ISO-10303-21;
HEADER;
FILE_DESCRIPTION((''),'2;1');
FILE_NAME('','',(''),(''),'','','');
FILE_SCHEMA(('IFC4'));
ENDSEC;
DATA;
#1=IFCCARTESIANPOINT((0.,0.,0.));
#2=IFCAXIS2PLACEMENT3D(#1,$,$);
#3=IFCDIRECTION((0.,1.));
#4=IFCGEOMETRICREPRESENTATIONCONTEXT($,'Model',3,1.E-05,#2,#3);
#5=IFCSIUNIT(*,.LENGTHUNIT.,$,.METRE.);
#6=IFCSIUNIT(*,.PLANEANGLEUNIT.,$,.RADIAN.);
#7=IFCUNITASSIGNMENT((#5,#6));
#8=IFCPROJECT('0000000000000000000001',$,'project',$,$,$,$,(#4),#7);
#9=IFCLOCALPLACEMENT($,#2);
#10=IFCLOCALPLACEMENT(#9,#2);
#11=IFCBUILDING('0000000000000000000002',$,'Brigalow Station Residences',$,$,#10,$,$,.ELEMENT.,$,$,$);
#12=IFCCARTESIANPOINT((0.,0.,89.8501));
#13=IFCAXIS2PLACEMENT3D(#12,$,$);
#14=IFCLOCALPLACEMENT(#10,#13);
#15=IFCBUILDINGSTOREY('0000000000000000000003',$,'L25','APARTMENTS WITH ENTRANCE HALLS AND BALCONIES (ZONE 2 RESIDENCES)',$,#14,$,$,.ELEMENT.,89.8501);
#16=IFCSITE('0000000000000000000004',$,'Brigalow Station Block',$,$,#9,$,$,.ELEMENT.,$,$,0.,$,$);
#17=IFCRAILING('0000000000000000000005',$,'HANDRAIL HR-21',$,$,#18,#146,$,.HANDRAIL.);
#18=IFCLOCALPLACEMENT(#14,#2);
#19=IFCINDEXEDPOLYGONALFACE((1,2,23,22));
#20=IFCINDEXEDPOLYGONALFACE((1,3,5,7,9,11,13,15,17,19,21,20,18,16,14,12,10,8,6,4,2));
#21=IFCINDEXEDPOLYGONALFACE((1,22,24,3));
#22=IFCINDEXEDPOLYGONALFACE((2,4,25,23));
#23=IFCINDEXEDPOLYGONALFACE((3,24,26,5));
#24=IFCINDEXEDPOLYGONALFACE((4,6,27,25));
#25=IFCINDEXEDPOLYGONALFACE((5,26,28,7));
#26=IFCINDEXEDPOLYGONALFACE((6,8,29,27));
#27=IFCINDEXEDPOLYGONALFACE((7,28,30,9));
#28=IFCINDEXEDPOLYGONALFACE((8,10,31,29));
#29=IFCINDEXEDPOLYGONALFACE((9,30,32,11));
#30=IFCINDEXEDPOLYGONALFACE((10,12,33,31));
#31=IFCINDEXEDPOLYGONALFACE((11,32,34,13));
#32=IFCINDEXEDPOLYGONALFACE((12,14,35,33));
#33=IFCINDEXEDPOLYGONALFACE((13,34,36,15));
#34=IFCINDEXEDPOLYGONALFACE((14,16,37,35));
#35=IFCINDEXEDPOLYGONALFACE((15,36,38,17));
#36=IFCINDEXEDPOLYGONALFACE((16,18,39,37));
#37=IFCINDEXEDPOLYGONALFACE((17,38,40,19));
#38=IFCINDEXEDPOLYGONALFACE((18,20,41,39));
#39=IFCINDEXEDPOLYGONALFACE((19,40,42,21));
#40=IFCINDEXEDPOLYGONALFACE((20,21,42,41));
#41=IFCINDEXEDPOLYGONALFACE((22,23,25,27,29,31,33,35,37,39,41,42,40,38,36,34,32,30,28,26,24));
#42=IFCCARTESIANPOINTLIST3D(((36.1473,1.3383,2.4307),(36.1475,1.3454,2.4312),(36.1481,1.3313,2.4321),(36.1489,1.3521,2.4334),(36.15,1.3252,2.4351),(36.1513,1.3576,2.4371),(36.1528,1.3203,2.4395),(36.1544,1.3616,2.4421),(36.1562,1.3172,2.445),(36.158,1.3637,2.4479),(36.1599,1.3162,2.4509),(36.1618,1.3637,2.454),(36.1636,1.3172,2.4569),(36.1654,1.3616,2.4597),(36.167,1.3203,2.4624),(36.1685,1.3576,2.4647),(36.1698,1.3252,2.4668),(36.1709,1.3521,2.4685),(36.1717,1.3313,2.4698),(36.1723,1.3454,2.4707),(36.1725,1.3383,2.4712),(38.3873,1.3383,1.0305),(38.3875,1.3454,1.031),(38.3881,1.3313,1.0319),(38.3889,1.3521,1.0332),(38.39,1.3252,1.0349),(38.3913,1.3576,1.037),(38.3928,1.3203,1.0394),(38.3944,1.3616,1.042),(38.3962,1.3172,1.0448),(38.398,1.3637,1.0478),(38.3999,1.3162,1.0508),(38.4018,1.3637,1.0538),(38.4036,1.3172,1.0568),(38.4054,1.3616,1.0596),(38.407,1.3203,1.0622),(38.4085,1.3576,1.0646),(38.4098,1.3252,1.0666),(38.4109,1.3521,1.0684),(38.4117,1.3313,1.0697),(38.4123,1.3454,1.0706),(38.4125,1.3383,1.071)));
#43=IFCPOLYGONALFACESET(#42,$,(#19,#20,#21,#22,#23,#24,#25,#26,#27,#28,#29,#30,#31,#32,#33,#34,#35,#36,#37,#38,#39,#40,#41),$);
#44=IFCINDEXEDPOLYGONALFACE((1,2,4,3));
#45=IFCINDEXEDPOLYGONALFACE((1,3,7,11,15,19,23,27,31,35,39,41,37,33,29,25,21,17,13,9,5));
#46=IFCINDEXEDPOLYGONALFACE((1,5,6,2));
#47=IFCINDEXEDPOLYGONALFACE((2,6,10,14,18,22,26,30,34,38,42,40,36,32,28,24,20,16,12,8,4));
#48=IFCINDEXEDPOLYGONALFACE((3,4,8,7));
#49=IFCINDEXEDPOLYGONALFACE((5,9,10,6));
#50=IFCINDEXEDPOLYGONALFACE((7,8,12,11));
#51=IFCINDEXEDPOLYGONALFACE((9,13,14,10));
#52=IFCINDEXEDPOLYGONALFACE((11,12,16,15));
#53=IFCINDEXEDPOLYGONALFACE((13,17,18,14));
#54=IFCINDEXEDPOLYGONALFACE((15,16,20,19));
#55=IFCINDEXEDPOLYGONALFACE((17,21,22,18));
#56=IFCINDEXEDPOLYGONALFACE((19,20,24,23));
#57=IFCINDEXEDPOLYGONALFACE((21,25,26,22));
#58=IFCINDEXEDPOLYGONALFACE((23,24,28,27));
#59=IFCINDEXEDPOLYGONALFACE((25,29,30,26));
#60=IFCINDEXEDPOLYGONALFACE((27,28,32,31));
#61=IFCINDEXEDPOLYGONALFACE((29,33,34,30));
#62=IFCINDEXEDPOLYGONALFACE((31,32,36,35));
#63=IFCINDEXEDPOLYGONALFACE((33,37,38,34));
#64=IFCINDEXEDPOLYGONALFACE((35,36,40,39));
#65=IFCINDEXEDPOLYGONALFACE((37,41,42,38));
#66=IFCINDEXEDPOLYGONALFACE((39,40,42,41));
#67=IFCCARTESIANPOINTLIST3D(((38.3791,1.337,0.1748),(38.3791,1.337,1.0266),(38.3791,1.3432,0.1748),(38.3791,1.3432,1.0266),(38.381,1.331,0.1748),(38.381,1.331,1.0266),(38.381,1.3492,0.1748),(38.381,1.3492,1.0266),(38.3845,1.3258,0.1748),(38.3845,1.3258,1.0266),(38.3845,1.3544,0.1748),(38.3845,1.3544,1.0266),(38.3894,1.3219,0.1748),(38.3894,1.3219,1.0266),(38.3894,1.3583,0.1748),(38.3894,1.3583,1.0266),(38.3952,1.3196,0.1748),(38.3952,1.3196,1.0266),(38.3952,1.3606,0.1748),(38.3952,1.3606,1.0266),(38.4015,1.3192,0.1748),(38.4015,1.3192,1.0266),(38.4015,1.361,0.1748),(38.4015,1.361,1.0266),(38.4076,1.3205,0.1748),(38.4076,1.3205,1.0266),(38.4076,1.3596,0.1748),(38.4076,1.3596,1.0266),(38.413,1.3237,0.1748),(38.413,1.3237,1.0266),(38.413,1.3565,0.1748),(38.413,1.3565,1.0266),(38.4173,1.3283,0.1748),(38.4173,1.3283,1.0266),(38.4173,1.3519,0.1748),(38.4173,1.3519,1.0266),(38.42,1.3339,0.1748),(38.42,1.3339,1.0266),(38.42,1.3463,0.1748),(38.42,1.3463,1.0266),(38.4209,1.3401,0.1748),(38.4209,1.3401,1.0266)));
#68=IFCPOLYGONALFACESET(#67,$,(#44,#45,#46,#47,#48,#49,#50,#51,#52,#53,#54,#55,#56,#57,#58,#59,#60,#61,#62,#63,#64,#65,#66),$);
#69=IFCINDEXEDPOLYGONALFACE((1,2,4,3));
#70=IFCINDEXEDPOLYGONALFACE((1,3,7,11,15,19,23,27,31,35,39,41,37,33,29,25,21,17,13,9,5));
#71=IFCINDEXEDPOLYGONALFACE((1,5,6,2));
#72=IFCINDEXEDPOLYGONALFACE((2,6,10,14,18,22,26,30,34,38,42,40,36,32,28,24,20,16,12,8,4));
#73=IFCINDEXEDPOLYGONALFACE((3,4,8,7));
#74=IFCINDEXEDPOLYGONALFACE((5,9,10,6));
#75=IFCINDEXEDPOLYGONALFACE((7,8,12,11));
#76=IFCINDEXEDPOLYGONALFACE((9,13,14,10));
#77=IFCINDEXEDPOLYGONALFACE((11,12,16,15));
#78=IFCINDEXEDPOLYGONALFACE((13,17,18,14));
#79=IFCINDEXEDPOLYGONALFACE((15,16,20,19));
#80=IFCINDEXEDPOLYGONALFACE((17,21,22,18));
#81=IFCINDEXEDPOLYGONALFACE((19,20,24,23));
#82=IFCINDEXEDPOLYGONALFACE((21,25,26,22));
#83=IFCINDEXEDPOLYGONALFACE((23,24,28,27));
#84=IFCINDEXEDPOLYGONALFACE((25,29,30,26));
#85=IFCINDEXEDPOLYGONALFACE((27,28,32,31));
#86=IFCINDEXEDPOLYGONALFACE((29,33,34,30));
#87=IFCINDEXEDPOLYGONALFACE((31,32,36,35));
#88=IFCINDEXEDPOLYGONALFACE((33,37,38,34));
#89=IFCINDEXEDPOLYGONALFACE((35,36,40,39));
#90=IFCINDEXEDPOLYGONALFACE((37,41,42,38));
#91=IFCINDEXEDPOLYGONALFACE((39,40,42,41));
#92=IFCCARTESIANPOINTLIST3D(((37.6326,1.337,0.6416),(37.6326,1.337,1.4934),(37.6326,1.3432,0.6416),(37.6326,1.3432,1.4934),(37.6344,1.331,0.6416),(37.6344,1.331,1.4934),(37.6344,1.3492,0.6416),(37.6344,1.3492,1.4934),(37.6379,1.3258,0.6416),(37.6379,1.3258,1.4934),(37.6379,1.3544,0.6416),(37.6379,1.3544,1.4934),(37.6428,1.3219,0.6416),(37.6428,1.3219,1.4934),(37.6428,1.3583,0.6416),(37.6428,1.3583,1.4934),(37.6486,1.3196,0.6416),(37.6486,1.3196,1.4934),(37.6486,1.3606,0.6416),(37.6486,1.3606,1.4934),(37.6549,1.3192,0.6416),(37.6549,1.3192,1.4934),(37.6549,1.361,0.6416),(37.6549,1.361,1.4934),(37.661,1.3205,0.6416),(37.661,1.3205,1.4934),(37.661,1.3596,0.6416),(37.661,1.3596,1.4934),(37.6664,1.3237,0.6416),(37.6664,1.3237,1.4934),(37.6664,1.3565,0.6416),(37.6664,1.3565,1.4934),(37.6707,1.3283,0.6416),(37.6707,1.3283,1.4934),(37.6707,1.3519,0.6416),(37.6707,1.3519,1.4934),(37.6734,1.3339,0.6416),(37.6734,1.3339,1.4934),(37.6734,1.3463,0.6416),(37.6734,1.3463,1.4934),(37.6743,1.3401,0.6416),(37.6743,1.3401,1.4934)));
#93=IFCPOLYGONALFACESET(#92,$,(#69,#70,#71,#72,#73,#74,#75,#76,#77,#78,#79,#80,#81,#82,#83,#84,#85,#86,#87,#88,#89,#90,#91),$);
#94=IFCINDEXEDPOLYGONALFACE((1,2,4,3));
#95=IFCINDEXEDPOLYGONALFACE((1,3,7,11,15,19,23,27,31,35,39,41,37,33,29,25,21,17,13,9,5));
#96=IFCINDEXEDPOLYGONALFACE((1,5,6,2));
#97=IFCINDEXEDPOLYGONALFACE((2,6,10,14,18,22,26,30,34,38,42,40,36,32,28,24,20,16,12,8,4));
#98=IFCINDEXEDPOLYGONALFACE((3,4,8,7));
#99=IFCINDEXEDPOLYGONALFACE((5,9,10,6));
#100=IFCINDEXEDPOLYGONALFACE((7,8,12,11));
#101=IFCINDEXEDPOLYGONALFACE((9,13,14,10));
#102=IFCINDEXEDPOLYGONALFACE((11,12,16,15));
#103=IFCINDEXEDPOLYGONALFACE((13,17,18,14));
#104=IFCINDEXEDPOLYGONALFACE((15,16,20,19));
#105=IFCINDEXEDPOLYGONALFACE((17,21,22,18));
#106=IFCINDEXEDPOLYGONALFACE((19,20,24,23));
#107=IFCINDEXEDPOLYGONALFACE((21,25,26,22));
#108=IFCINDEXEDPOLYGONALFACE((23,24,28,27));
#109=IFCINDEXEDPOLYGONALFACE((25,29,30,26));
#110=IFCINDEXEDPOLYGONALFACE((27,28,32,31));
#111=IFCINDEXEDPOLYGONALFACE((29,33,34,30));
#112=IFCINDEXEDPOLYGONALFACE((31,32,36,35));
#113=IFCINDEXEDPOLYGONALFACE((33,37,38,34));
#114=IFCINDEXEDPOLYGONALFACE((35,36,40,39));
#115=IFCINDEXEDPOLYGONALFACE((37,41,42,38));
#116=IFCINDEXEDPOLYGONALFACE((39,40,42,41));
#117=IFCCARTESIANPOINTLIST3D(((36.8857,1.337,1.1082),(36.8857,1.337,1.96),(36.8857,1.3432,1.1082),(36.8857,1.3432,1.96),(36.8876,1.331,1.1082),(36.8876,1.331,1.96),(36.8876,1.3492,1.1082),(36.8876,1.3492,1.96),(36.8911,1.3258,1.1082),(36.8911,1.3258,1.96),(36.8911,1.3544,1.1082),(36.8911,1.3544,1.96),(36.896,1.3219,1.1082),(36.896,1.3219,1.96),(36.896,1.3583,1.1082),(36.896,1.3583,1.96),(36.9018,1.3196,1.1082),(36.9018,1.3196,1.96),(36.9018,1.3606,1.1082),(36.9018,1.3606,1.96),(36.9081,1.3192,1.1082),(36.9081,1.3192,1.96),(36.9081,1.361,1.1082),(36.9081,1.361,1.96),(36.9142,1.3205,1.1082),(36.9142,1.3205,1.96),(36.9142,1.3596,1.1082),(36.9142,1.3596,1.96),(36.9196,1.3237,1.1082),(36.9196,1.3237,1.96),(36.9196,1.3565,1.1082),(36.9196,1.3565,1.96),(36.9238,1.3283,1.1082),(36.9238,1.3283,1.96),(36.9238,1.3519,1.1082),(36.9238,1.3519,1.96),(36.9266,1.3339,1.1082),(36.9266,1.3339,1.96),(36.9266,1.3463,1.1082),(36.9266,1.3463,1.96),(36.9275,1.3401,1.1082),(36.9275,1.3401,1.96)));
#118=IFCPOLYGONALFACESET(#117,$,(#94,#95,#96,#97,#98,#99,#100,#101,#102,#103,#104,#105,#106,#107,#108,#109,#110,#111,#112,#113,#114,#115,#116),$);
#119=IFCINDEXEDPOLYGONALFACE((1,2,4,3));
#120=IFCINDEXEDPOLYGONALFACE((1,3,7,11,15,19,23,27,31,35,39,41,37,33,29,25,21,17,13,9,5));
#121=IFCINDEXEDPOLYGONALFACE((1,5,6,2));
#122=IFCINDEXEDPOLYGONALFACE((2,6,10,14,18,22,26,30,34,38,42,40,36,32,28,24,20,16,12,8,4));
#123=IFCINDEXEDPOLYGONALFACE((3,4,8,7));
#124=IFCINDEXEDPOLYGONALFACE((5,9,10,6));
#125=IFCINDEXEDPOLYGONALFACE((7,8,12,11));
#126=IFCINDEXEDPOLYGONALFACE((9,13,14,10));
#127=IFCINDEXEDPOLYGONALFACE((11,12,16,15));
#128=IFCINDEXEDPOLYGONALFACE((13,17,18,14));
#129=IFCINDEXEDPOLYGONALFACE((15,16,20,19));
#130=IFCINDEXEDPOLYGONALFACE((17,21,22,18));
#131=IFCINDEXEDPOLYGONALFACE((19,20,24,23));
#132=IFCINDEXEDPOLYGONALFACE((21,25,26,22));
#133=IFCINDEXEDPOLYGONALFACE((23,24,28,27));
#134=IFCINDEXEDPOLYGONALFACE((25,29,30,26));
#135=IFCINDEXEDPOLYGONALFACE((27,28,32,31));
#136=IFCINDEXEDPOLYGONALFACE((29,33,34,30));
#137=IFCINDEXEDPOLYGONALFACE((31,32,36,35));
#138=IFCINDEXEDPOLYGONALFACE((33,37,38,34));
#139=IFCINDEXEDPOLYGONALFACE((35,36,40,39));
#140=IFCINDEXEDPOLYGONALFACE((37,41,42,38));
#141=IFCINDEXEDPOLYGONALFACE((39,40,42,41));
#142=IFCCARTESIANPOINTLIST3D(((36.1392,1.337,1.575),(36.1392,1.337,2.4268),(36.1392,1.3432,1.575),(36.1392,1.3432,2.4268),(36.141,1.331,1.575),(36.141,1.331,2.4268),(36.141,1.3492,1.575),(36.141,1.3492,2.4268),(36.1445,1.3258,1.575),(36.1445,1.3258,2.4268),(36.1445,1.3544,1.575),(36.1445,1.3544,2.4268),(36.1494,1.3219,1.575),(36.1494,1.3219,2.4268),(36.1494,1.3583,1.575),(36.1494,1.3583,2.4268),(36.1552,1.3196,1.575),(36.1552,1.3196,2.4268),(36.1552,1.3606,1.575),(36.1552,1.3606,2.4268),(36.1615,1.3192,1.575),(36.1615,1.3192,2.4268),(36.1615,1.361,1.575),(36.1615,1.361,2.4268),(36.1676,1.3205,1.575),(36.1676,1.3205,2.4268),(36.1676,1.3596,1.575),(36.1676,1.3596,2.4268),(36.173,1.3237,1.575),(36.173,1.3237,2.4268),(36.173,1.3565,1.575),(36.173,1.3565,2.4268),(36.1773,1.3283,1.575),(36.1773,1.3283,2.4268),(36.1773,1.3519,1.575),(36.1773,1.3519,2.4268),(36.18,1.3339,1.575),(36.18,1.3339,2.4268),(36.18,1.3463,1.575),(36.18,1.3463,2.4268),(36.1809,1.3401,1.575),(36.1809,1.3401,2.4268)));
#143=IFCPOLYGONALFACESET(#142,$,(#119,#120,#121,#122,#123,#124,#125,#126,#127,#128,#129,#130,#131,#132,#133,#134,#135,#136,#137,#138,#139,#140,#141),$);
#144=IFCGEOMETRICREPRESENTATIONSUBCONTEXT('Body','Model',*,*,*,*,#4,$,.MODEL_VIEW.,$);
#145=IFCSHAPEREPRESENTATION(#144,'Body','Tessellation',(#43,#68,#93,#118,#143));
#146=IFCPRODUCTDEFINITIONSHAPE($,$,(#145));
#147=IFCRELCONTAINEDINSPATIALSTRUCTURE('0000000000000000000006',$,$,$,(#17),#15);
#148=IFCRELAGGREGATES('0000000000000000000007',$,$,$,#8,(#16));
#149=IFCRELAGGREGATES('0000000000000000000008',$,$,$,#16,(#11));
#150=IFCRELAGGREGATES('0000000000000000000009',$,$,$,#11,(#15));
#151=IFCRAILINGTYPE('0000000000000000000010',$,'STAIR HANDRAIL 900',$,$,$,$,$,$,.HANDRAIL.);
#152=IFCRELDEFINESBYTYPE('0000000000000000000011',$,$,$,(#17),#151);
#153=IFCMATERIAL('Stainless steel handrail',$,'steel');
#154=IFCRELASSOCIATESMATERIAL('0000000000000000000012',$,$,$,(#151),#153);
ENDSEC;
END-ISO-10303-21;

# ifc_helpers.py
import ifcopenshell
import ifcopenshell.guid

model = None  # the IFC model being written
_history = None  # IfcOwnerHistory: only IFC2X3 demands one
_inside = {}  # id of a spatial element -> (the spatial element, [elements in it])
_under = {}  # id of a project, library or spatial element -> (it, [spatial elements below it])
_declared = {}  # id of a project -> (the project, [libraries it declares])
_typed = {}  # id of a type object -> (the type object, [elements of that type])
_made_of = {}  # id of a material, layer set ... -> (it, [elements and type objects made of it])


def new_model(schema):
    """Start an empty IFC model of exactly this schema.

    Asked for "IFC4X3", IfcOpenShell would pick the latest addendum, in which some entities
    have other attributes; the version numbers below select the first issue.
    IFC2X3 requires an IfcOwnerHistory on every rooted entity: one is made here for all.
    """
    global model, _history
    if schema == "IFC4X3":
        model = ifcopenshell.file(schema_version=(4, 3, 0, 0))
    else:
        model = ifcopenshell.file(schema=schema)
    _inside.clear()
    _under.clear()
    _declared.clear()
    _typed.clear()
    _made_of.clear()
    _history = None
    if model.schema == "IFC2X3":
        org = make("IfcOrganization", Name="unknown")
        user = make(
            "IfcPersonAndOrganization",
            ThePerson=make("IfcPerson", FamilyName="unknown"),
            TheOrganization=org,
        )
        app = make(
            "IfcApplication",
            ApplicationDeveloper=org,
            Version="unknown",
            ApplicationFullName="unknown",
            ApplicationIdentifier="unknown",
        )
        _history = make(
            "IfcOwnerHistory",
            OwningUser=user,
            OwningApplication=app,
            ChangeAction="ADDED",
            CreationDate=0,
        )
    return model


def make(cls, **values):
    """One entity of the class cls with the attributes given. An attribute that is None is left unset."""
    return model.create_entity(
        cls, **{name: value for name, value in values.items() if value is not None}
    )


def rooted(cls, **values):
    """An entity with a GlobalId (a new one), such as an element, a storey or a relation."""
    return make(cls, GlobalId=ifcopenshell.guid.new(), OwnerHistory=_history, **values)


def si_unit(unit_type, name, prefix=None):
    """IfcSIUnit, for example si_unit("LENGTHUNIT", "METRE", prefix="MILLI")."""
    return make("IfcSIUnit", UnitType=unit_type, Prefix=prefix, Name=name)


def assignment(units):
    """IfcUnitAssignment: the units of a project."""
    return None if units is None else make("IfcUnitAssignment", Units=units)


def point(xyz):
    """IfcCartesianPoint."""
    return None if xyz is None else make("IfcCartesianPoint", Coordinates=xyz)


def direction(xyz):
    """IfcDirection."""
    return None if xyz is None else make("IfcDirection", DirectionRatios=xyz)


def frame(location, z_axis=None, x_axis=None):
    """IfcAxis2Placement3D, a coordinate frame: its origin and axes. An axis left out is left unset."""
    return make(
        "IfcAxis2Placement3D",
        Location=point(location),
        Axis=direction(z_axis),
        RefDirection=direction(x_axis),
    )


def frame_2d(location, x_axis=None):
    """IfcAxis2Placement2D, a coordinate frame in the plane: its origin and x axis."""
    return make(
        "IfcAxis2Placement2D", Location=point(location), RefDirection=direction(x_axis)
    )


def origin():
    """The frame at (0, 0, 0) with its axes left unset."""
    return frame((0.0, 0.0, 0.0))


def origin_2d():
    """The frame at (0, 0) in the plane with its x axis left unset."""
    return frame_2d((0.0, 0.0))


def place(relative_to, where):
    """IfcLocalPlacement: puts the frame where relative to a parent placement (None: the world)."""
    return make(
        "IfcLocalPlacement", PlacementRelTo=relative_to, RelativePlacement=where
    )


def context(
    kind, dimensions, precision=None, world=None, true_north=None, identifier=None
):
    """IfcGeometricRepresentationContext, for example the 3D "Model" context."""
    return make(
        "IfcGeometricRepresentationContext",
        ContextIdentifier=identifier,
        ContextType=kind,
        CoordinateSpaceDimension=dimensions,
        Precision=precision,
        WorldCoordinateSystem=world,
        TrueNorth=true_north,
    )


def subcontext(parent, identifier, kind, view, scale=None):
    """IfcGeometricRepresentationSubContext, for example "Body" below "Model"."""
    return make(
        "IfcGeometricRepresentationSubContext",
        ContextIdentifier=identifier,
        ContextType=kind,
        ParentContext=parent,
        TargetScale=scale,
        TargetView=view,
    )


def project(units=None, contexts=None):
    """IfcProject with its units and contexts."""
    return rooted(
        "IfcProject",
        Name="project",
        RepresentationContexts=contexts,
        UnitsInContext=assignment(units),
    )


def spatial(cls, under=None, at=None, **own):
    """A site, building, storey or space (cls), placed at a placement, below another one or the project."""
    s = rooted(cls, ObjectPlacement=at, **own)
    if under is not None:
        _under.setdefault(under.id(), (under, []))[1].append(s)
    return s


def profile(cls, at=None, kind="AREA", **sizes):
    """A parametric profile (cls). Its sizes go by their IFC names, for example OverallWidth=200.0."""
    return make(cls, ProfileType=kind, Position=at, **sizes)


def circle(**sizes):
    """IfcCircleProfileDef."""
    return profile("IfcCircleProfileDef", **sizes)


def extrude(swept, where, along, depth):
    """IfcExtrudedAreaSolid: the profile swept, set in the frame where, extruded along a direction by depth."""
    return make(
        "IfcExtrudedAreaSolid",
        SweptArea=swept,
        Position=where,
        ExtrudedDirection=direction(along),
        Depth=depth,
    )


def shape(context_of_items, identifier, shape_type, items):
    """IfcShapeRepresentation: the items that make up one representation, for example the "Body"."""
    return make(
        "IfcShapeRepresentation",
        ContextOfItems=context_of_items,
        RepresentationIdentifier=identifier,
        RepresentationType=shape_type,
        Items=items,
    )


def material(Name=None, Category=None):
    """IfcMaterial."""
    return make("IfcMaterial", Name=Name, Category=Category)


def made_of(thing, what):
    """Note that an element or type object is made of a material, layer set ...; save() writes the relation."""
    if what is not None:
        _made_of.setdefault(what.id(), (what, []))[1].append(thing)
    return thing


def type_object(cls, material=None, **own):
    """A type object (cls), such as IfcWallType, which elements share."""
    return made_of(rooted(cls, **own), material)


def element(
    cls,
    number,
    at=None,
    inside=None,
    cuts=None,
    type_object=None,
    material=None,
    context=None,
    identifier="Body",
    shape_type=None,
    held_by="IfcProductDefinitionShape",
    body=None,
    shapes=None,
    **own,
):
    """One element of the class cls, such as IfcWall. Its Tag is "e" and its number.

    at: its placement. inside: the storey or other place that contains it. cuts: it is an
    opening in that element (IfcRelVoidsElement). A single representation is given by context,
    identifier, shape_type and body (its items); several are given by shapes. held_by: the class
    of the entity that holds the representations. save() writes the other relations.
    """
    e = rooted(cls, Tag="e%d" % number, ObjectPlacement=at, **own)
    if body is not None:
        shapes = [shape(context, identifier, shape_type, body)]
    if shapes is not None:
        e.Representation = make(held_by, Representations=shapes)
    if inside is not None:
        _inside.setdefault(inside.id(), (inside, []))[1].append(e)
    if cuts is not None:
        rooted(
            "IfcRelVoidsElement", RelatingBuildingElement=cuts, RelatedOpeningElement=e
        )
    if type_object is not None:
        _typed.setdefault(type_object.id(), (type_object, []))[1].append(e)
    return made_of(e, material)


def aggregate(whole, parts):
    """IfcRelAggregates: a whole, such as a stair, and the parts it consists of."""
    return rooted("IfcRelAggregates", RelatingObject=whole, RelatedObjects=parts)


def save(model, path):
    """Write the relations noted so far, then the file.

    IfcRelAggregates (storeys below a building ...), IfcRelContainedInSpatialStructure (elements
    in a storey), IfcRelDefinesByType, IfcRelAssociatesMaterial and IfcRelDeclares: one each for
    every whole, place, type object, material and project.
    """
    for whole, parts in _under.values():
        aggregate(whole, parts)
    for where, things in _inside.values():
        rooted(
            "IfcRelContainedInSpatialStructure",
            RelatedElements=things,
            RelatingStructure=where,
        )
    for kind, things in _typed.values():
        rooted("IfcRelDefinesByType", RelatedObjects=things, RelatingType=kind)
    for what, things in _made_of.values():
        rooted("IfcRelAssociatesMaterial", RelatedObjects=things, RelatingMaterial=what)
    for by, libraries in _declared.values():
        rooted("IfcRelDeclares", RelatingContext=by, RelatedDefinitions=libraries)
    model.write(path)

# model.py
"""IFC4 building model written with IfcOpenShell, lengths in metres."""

from ifc_helpers import new_model, si_unit, direction, frame, origin, origin_2d, place, context, subcontext, project, spatial, circle, extrude, material, type_object, element, save


model = new_model("IFC4")

# Units and contexts
model_context = context("Model", 3, precision=1e-05, world=origin(), true_north=direction((0.0, 1.0)))
body_context = subcontext(model_context, "Body", "Model", "MODEL_VIEW")
ifc_project = project(units=[si_unit("LENGTHUNIT", "METRE"), si_unit("PLANEANGLEUNIT", "RADIAN")], contexts=[model_context])

# Site, building, storey
site_placement = place(None, origin())
site = spatial("IfcSite", under=ifc_project, at=site_placement, Name="Brigalow Station Block", CompositionType="ELEMENT", RefElevation=0.0)
building_placement = place(site_placement, origin())
building = spatial("IfcBuilding", under=site, at=building_placement, Name="Brigalow Station Residences", CompositionType="ELEMENT")
storey_placement = place(building_placement, frame((0.0, 0.0, 89.8501)))
storey = spatial("IfcBuildingStorey", under=building, at=storey_placement, Name="L25", Description="APARTMENTS WITH ENTRANCE HALLS AND BALCONIES (ZONE 2 RESIDENCES)", CompositionType="ELEMENT", Elevation=89.8501)

# Railing
ifc_material_1 = material(Name="Stainless steel handrail", Category="steel")
railing_type_1 = type_object("IfcRailingType", Name="STAIR HANDRAIL 900", PredefinedType="HANDRAIL", material=ifc_material_1)
railing_1_placement = place(storey_placement, frame((38.3999, 1.3401, 0.1748)))
element("IfcRailing", 1, at=railing_1_placement, inside=storey, type_object=railing_type_1, Name="HANDRAIL HR-21", PredefinedType="HANDRAIL", context=body_context, shape_type="SweptSolid", body=[
    extrude(circle(Radius=0.0239, at=origin_2d()), frame((0.0, 0.0, 0.876), z_axis=(-0.847972, 0.0, 0.53004), x_axis=(0.0, -1.0, 0.0)), (0.0, 0.0, 1.0), 2.6416),
    extrude(circle(Radius=0.021, at=origin_2d()), origin(), (0.0, 0.0, 1.0), 0.8518),
    extrude(circle(Radius=0.021, at=origin_2d()), frame((-0.7466, 0.0, 0.4668)), (0.0, 0.0, 1.0), 0.8518),
    extrude(circle(Radius=0.021, at=origin_2d()), frame((-1.4934, 0.0, 0.9333)), (0.0, 0.0, 1.0), 0.8518),
    extrude(circle(Radius=0.021, at=origin_2d()), frame((-2.24, 0.0, 1.4001)), (0.0, 0.0, 1.0), 0.8518),
])

save(model, "model.ifc")
